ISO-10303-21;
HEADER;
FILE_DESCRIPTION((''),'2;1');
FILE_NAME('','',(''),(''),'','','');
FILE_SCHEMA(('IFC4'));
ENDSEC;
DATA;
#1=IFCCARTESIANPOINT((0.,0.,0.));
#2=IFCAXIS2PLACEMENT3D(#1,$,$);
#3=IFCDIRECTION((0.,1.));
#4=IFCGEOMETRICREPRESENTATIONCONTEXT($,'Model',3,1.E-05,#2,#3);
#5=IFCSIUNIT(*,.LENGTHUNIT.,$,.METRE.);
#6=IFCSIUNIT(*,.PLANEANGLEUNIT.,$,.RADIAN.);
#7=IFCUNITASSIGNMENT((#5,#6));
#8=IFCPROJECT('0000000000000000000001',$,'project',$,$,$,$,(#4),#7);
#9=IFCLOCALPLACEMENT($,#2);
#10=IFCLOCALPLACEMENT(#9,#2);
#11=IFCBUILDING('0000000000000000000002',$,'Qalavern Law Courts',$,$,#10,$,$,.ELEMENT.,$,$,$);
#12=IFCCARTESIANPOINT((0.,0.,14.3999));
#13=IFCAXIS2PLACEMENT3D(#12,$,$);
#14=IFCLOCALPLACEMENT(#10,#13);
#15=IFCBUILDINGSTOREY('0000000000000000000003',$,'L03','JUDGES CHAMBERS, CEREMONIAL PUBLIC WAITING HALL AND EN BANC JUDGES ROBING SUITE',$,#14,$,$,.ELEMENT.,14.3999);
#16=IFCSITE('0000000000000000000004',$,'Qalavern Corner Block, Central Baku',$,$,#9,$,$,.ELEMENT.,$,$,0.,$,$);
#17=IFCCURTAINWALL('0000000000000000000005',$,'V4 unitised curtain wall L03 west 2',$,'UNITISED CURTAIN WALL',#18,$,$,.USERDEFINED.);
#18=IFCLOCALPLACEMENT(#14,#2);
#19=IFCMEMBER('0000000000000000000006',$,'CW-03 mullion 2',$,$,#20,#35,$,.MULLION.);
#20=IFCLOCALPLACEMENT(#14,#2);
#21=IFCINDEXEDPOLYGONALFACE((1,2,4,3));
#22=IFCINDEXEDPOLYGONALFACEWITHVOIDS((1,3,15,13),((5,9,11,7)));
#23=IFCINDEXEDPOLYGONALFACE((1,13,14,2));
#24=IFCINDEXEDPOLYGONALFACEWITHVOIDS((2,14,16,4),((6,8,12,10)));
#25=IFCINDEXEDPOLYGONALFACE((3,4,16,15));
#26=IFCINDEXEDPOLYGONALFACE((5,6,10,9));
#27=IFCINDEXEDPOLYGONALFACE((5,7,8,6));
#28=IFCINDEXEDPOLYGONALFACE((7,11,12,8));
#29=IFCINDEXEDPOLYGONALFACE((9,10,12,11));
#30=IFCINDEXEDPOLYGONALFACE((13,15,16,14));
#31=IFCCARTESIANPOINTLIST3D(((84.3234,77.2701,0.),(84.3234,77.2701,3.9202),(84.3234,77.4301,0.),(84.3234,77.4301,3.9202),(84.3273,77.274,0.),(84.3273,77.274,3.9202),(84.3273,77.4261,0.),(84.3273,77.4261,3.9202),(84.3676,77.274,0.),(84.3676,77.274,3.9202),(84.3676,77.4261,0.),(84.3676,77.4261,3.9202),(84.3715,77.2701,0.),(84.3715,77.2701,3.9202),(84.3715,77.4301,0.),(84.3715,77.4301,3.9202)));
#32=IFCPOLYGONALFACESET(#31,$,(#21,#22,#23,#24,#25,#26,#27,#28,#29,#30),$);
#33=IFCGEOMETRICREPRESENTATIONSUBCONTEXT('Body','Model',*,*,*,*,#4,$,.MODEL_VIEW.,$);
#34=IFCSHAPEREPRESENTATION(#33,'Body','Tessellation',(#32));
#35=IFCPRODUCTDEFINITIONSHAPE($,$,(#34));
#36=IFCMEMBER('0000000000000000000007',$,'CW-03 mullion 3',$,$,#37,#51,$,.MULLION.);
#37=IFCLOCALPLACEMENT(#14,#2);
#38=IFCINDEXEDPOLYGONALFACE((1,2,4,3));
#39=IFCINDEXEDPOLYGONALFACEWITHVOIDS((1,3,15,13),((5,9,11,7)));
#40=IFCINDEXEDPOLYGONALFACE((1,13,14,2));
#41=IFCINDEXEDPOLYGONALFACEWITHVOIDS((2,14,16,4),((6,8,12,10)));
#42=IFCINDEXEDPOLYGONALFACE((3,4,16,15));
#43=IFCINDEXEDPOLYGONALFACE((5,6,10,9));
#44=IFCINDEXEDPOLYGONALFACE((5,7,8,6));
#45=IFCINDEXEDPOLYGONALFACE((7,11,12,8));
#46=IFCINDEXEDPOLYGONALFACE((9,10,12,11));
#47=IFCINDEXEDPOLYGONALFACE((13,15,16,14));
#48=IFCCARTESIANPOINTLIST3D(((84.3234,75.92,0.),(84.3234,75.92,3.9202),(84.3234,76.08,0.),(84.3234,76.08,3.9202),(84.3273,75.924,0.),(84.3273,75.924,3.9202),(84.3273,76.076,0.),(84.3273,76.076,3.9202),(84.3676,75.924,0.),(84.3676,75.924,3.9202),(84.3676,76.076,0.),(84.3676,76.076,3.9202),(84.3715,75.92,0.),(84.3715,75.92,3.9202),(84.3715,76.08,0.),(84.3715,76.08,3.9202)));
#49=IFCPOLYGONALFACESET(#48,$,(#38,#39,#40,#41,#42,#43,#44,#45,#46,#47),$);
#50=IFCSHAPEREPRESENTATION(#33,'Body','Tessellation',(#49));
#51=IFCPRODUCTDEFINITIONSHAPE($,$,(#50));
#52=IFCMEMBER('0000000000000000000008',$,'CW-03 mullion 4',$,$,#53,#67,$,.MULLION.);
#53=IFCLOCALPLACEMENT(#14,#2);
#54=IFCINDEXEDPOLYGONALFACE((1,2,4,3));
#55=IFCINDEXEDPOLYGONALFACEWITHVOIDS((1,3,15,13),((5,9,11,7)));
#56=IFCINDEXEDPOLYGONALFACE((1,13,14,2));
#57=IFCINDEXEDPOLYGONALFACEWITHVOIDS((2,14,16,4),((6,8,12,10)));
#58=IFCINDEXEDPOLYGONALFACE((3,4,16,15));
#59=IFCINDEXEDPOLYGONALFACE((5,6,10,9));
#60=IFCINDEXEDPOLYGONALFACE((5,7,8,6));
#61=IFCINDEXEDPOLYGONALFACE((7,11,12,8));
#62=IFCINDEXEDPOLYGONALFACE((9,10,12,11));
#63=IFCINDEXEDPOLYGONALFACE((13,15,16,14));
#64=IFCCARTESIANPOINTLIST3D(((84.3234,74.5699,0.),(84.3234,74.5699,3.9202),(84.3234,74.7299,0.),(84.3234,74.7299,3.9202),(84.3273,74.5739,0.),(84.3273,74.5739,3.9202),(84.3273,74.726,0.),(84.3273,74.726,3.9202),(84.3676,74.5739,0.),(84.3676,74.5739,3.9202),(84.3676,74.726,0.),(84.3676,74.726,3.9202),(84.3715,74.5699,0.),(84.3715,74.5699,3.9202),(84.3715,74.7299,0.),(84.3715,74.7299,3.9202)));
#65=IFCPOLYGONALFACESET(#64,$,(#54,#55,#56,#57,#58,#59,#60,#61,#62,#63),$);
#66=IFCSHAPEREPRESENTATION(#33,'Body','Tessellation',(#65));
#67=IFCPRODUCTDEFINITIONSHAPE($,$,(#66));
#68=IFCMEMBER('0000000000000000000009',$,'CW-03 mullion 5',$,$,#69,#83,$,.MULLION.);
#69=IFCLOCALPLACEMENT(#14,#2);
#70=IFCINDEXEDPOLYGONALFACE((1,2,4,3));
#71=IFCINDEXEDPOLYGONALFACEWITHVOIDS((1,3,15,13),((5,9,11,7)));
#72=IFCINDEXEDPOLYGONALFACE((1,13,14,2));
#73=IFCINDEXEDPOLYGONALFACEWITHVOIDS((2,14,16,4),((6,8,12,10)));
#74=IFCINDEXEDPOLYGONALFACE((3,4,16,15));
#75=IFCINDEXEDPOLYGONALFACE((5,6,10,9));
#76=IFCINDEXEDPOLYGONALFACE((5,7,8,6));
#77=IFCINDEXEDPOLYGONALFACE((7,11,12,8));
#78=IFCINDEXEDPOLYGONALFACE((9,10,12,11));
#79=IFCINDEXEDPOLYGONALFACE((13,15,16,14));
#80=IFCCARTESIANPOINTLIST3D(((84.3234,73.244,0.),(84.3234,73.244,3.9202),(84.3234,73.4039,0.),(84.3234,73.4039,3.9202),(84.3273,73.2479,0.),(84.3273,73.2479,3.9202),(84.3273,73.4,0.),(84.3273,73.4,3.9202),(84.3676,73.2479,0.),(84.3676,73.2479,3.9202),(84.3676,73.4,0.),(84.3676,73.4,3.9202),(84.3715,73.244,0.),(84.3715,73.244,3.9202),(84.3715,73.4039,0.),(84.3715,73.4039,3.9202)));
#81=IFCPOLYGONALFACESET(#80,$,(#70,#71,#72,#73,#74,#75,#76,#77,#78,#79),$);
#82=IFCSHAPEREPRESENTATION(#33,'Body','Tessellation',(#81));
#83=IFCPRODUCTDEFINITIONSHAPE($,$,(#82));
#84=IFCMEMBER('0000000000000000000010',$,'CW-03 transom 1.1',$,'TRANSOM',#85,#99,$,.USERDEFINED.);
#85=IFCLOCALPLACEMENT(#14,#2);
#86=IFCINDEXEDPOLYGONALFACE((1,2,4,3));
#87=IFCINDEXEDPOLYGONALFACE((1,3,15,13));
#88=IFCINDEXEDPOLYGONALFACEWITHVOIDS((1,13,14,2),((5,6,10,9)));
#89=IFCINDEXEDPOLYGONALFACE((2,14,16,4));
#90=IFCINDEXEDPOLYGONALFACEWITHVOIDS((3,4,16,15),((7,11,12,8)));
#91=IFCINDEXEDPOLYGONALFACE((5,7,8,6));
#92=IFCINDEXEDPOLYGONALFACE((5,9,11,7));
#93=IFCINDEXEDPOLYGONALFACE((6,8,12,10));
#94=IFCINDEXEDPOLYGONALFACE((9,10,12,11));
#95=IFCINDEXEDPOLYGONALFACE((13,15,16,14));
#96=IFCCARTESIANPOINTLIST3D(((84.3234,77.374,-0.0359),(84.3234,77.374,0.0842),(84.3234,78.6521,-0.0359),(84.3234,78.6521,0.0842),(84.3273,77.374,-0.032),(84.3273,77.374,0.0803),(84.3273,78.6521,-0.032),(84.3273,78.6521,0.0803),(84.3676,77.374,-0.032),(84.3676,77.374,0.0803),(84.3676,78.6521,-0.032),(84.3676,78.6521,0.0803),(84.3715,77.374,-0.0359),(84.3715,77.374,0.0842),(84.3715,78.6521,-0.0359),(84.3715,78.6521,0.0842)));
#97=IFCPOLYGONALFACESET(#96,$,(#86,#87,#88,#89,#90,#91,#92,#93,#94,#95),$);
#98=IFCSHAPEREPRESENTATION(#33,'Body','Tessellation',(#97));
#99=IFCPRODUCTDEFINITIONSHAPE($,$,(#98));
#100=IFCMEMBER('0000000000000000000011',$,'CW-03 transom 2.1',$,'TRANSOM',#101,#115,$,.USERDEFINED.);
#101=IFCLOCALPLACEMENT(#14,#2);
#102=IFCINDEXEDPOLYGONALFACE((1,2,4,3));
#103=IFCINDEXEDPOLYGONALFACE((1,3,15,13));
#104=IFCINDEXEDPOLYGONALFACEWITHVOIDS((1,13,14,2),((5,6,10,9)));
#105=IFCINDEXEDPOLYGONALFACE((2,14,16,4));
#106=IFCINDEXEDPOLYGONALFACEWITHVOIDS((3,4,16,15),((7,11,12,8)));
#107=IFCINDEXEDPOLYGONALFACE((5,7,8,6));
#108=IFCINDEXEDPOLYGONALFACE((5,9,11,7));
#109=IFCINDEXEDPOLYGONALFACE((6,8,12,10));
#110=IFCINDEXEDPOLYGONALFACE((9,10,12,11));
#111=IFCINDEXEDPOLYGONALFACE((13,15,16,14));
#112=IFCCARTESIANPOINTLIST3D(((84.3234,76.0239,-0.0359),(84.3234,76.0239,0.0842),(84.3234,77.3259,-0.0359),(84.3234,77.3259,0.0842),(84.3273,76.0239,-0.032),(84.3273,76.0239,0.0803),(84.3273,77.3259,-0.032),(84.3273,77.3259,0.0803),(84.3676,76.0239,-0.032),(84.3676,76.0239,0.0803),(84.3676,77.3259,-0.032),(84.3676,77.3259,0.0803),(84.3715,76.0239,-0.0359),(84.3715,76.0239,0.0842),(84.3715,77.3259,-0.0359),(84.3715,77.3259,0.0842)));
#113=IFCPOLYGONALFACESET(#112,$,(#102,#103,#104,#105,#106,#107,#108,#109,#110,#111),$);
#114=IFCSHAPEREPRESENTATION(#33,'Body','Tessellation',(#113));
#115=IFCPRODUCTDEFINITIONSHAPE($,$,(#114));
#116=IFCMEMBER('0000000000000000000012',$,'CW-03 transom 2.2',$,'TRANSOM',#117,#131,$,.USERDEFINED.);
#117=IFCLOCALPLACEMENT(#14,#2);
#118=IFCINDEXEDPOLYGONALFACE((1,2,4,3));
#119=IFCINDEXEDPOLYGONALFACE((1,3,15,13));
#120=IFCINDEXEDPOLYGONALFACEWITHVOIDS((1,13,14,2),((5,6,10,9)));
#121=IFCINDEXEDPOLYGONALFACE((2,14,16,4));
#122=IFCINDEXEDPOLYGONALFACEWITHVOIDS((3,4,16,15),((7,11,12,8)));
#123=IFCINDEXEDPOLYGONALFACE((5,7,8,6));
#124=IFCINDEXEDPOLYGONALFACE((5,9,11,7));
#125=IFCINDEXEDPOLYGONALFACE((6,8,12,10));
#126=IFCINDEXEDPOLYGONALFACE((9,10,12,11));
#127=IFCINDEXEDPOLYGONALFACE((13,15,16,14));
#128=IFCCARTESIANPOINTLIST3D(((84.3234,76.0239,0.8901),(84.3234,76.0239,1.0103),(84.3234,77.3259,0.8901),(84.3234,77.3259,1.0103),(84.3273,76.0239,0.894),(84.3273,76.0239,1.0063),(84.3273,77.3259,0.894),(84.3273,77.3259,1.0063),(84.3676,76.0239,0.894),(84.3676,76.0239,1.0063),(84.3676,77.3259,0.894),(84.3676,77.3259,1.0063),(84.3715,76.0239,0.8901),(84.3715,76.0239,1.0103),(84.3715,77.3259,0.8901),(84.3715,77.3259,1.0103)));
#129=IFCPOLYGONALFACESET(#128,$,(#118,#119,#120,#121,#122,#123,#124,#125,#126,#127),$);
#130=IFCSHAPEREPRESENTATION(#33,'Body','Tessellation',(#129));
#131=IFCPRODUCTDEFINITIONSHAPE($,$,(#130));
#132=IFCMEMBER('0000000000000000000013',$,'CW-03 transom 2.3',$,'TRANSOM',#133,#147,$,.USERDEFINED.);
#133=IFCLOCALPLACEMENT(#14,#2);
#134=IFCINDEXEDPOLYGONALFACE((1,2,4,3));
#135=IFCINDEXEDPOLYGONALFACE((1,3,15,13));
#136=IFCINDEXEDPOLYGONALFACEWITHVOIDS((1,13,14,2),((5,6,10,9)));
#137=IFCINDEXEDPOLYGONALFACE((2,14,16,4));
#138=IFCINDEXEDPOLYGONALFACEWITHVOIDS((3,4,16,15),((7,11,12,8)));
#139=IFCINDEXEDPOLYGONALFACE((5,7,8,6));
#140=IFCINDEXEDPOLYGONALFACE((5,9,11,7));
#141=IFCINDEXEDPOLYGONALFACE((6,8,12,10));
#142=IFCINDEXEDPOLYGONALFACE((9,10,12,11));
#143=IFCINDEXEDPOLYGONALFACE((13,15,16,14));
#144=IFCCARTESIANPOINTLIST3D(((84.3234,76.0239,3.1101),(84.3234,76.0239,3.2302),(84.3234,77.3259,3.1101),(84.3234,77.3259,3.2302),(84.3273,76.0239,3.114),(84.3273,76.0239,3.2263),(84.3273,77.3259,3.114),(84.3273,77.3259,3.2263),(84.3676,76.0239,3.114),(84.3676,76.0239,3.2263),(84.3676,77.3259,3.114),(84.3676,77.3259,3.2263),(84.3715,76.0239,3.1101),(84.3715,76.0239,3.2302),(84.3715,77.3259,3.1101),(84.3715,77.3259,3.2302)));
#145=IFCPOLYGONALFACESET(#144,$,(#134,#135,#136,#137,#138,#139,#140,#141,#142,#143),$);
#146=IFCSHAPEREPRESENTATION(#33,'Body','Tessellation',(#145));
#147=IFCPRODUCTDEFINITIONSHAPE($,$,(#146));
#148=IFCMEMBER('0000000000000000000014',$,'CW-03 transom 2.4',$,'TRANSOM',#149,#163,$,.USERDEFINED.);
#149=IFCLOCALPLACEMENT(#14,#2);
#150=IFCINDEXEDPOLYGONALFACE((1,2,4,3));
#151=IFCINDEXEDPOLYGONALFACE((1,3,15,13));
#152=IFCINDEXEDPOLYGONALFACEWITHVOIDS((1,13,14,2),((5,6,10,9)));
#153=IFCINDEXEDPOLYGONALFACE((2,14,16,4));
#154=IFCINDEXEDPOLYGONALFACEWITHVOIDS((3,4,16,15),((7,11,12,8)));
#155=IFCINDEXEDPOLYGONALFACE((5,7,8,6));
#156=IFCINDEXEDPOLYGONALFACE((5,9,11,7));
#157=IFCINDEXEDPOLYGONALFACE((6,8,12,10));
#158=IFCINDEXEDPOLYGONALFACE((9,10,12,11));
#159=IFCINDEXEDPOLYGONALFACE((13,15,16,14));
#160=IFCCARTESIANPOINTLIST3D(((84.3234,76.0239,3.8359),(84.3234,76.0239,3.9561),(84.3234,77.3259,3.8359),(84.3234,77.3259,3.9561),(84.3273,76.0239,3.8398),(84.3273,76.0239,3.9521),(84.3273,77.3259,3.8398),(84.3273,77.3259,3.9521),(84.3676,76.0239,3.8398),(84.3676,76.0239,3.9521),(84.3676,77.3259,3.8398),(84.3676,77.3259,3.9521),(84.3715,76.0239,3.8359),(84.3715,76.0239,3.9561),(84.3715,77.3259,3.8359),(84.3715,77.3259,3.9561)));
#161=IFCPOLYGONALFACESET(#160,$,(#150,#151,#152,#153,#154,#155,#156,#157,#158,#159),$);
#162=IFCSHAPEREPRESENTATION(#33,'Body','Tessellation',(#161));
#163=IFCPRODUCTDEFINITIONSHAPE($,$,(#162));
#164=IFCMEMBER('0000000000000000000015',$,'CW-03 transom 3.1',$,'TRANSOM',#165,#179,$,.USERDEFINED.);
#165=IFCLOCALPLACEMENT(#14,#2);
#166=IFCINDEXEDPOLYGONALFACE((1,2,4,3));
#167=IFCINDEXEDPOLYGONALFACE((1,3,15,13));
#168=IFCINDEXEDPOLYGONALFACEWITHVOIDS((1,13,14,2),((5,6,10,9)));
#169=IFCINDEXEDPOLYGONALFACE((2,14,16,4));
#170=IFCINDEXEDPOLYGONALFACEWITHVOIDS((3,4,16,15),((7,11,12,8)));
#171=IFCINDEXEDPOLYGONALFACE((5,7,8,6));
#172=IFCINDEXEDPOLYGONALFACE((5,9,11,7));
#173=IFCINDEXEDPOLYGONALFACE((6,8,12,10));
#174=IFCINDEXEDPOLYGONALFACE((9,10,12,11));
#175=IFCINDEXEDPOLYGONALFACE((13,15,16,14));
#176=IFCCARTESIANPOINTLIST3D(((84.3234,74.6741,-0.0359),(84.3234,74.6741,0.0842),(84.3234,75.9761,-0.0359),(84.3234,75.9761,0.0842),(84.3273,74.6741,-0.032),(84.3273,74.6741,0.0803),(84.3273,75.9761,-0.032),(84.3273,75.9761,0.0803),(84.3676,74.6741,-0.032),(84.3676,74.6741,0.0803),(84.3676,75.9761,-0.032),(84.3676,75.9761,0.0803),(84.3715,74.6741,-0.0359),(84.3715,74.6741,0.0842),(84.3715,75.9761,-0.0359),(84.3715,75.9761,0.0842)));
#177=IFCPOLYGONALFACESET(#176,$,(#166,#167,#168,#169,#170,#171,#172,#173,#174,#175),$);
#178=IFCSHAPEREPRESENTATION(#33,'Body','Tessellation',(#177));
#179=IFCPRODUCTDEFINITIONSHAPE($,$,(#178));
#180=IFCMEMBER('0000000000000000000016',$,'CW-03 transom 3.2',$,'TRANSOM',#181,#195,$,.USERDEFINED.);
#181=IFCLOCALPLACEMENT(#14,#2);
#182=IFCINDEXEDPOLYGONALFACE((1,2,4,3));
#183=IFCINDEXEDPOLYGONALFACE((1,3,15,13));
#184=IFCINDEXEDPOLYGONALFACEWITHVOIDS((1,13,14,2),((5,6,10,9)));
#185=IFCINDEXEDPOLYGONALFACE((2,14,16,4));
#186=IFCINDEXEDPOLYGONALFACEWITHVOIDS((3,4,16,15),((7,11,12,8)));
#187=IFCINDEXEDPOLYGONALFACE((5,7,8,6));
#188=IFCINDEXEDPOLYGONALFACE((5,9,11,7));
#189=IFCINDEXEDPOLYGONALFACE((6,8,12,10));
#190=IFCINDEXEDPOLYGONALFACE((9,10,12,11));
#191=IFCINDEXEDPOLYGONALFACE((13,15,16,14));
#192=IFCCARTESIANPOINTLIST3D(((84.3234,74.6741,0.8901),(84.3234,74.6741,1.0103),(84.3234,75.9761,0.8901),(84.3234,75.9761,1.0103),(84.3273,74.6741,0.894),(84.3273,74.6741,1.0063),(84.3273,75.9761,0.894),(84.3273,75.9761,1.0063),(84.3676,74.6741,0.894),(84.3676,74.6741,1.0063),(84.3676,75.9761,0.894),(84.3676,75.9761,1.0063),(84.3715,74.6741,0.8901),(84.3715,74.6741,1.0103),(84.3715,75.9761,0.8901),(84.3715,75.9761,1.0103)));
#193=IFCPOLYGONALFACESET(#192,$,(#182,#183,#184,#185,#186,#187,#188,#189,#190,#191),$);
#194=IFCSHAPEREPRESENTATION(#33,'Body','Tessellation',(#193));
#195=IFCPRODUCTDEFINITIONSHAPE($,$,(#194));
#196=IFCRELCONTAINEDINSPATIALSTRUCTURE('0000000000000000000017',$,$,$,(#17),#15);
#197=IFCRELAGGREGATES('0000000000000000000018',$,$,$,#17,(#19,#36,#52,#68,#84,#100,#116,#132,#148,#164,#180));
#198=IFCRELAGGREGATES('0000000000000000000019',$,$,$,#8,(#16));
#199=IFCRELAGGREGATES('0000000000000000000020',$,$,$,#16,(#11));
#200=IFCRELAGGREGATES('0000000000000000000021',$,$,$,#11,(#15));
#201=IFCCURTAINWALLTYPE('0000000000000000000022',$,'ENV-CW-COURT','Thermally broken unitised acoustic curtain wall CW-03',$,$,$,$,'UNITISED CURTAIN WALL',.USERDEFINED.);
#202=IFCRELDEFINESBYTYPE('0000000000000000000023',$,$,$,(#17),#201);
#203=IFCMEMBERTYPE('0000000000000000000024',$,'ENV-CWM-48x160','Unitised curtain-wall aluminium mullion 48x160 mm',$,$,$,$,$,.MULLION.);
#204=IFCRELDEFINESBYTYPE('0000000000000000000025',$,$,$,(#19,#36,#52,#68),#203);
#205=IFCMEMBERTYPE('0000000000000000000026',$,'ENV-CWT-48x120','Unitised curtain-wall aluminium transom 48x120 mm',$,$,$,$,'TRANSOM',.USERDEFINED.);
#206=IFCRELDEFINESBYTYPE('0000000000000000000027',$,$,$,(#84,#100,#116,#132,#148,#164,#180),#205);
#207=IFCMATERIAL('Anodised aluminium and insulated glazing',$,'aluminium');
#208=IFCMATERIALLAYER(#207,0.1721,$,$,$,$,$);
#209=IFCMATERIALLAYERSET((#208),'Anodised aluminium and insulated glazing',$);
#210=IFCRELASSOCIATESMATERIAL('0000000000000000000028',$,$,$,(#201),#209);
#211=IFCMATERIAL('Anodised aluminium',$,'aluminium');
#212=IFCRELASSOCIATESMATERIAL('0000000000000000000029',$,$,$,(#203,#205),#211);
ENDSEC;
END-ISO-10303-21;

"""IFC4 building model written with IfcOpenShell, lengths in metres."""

from ifc_helpers import new_model, si_unit, direction, frame, origin, origin_2d, place, context, subcontext, project, spatial, hollow_rectangle, extrude, material, layer, layer_set, material_profile, profile_set, type_object, element, aggregate, save


model = new_model("IFC4")

# Units and contexts
model_context = context("Model", 3, precision=1e-05, world=origin(), true_north=direction((0.0, 1.0)))
body_context = subcontext(model_context, "Body", "Model", "MODEL_VIEW")
ifc_project = project(units=[si_unit("LENGTHUNIT", "METRE"), si_unit("PLANEANGLEUNIT", "RADIAN")], contexts=[model_context])

# Site, building, storey
site_placement = place(None, origin())
site = spatial("IfcSite", under=ifc_project, at=site_placement, Name="Qalavern Corner Block, Central Baku", CompositionType="ELEMENT", RefElevation=0.0)
building_placement = place(site_placement, origin())
building = spatial("IfcBuilding", under=site, at=building_placement, Name="Qalavern Law Courts", CompositionType="ELEMENT")
storey_placement = place(building_placement, frame((0.0, 0.0, 14.3999)))
storey = spatial("IfcBuildingStorey", under=building, at=storey_placement, Name="L03", Description="JUDGES CHAMBERS, CEREMONIAL PUBLIC WAITING HALL AND EN BANC JUDGES ROBING SUITE", CompositionType="ELEMENT", Elevation=14.3999)

# Curtain wall, members
ifc_material_1 = material(Name="Anodised aluminium and insulated glazing", Category="aluminium")
ifc_layer_1 = layer(ifc_material_1, 0.1721)
ifc_layer_set_1 = layer_set([ifc_layer_1], Name="Anodised aluminium and insulated glazing")
curtain_wall_type = type_object("IfcCurtainWallType", Name="ENV-CW-COURT", Description="Thermally broken unitised acoustic curtain wall CW-03", ElementType="UNITISED CURTAIN WALL", PredefinedType="USERDEFINED", material=ifc_layer_set_1)
curtain_wall_placement = place(storey_placement, origin())
curtain_wall = element("IfcCurtainWall", 1, at=curtain_wall_placement, inside=storey, type_object=curtain_wall_type, Name="V4 unitised curtain wall L03 west 2", ObjectType="UNITISED CURTAIN WALL", PredefinedType="USERDEFINED")
ifc_material_2 = material(Name="Anodised aluminium", Category="aluminium")
ifc_material_profile_1 = material_profile(ifc_material_2, hollow_rectangle(XDim=0.0481, YDim=0.1599, WallThickness=0.0039, at=origin_2d()), Name="ALU MULLION 48x160")
ifc_profile_set_1 = profile_set([ifc_material_profile_1], Name="Anodised aluminium")
member_type_1 = type_object("IfcMemberType", Name="ENV-CWM-48x160", Description="Unitised curtain-wall aluminium mullion 48x160 mm", PredefinedType="MULLION", material=ifc_profile_set_1)
member_1_placement = place(storey_placement, frame((84.3474, 77.3501, 0.0), z_axis=(0.0, 0.0, 1.0), x_axis=(1.0, 0.0, 0.0)))
member_1 = element("IfcMember", 2, at=member_1_placement, type_object=member_type_1, Name="CW-03 mullion 2", PredefinedType="MULLION", context=body_context, shape_type="SweptSolid", body=[
    extrude(hollow_rectangle(XDim=0.0481, YDim=0.1599, WallThickness=0.0039, at=origin_2d()), origin(), (0.0, 0.0, 1.0), 3.9202),
])
member_2_placement = place(storey_placement, frame((84.3474, 76.0, 0.0), z_axis=(0.0, 0.0, 1.0), x_axis=(1.0, 0.0, 0.0)))
member_2 = element("IfcMember", 3, at=member_2_placement, type_object=member_type_1, Name="CW-03 mullion 3", PredefinedType="MULLION", context=body_context, shape_type="SweptSolid", body=[
    extrude(hollow_rectangle(XDim=0.0481, YDim=0.1599, WallThickness=0.0039, at=origin_2d()), origin(), (0.0, 0.0, 1.0), 3.9202),
])
member_3_placement = place(storey_placement, frame((84.3474, 74.6499, 0.0), z_axis=(0.0, 0.0, 1.0), x_axis=(1.0, 0.0, 0.0)))
member_3 = element("IfcMember", 4, at=member_3_placement, type_object=member_type_1, Name="CW-03 mullion 4", PredefinedType="MULLION", context=body_context, shape_type="SweptSolid", body=[
    extrude(hollow_rectangle(XDim=0.0481, YDim=0.1599, WallThickness=0.0039, at=origin_2d()), origin(), (0.0, 0.0, 1.0), 3.9202),
])
member_4_placement = place(storey_placement, frame((84.3474, 73.324, 0.0), z_axis=(0.0, 0.0, 1.0), x_axis=(1.0, 0.0, 0.0)))
member_4 = element("IfcMember", 5, at=member_4_placement, type_object=member_type_1, Name="CW-03 mullion 5", PredefinedType="MULLION", context=body_context, shape_type="SweptSolid", body=[
    extrude(hollow_rectangle(XDim=0.0481, YDim=0.1599, WallThickness=0.0039, at=origin_2d()), origin(), (0.0, 0.0, 1.0), 3.9202),
])
ifc_material_profile_2 = material_profile(ifc_material_2, hollow_rectangle(XDim=0.0481, YDim=0.1201, WallThickness=0.0039, at=origin_2d()), Name="ALU TRANSOM 48x120")
ifc_profile_set_2 = profile_set([ifc_material_profile_2], Name="Anodised aluminium")
member_type_2 = type_object("IfcMemberType", Name="ENV-CWT-48x120", Description="Unitised curtain-wall aluminium transom 48x120 mm", ElementType="TRANSOM", PredefinedType="USERDEFINED", material=ifc_profile_set_2)
member_5_placement = place(storey_placement, frame((84.3474, 78.6521, 0.0242), z_axis=(0.0, -1.0, 0.0), x_axis=(1.0, 0.0, 0.0)))
member_5 = element("IfcMember", 6, at=member_5_placement, type_object=member_type_2, Name="CW-03 transom 1.1", ObjectType="TRANSOM", PredefinedType="USERDEFINED", context=body_context, shape_type="SweptSolid", body=[
    extrude(hollow_rectangle(XDim=0.0481, YDim=0.1201, WallThickness=0.0039, at=origin_2d()), origin(), (0.0, 0.0, 1.0), 1.2781),
])
member_6_placement = place(storey_placement, frame((84.3474, 77.3259, 0.0242), z_axis=(0.0, -1.0, 0.0), x_axis=(1.0, 0.0, 0.0)))
member_6 = element("IfcMember", 7, at=member_6_placement, type_object=member_type_2, Name="CW-03 transom 2.1", ObjectType="TRANSOM", PredefinedType="USERDEFINED", context=body_context, shape_type="SweptSolid", body=[
    extrude(hollow_rectangle(XDim=0.0481, YDim=0.1201, WallThickness=0.0039, at=origin_2d()), origin(), (0.0, 0.0, 1.0), 1.302),
])
member_7_placement = place(storey_placement, frame((84.3474, 77.3259, 0.9502), z_axis=(0.0, -1.0, 0.0), x_axis=(1.0, 0.0, 0.0)))
member_7 = element("IfcMember", 8, at=member_7_placement, type_object=member_type_2, Name="CW-03 transom 2.2", ObjectType="TRANSOM", PredefinedType="USERDEFINED", context=body_context, shape_type="SweptSolid", body=[
    extrude(hollow_rectangle(XDim=0.0481, YDim=0.1201, WallThickness=0.0039, at=origin_2d()), origin(), (0.0, 0.0, 1.0), 1.302),
])
member_8_placement = place(storey_placement, frame((84.3474, 77.3259, 3.1702), z_axis=(0.0, -1.0, 0.0), x_axis=(1.0, 0.0, 0.0)))
member_8 = element("IfcMember", 9, at=member_8_placement, type_object=member_type_2, Name="CW-03 transom 2.3", ObjectType="TRANSOM", PredefinedType="USERDEFINED", context=body_context, shape_type="SweptSolid", body=[
    extrude(hollow_rectangle(XDim=0.0481, YDim=0.1201, WallThickness=0.0039, at=origin_2d()), origin(), (0.0, 0.0, 1.0), 1.302),
])
member_9_placement = place(storey_placement, frame((84.3474, 77.3259, 3.896), z_axis=(0.0, -1.0, 0.0), x_axis=(1.0, 0.0, 0.0)))
member_9 = element("IfcMember", 10, at=member_9_placement, type_object=member_type_2, Name="CW-03 transom 2.4", ObjectType="TRANSOM", PredefinedType="USERDEFINED", context=body_context, shape_type="SweptSolid", body=[
    extrude(hollow_rectangle(XDim=0.0481, YDim=0.1201, WallThickness=0.0039, at=origin_2d()), origin(), (0.0, 0.0, 1.0), 1.302),
])
member_10_placement = place(storey_placement, frame((84.3474, 75.9761, 0.0242), z_axis=(0.0, -1.0, 0.0), x_axis=(1.0, 0.0, 0.0)))
member_10 = element("IfcMember", 11, at=member_10_placement, type_object=member_type_2, Name="CW-03 transom 3.1", ObjectType="TRANSOM", PredefinedType="USERDEFINED", context=body_context, shape_type="SweptSolid", body=[
    extrude(hollow_rectangle(XDim=0.0481, YDim=0.1201, WallThickness=0.0039, at=origin_2d()), origin(), (0.0, 0.0, 1.0), 1.302),
])
member_11_placement = place(storey_placement, frame((84.3474, 75.9761, 0.9502), z_axis=(0.0, -1.0, 0.0), x_axis=(1.0, 0.0, 0.0)))
member_11 = element("IfcMember", 12, at=member_11_placement, type_object=member_type_2, Name="CW-03 transom 3.2", ObjectType="TRANSOM", PredefinedType="USERDEFINED", context=body_context, shape_type="SweptSolid", body=[
    extrude(hollow_rectangle(XDim=0.0481, YDim=0.1201, WallThickness=0.0039, at=origin_2d()), origin(), (0.0, 0.0, 1.0), 1.302),
])
aggregate(curtain_wall, [member_1, member_2, member_3, member_4, member_5, member_6, member_7, member_8, member_9, member_10, member_11])

save(model, "model.ifc")
